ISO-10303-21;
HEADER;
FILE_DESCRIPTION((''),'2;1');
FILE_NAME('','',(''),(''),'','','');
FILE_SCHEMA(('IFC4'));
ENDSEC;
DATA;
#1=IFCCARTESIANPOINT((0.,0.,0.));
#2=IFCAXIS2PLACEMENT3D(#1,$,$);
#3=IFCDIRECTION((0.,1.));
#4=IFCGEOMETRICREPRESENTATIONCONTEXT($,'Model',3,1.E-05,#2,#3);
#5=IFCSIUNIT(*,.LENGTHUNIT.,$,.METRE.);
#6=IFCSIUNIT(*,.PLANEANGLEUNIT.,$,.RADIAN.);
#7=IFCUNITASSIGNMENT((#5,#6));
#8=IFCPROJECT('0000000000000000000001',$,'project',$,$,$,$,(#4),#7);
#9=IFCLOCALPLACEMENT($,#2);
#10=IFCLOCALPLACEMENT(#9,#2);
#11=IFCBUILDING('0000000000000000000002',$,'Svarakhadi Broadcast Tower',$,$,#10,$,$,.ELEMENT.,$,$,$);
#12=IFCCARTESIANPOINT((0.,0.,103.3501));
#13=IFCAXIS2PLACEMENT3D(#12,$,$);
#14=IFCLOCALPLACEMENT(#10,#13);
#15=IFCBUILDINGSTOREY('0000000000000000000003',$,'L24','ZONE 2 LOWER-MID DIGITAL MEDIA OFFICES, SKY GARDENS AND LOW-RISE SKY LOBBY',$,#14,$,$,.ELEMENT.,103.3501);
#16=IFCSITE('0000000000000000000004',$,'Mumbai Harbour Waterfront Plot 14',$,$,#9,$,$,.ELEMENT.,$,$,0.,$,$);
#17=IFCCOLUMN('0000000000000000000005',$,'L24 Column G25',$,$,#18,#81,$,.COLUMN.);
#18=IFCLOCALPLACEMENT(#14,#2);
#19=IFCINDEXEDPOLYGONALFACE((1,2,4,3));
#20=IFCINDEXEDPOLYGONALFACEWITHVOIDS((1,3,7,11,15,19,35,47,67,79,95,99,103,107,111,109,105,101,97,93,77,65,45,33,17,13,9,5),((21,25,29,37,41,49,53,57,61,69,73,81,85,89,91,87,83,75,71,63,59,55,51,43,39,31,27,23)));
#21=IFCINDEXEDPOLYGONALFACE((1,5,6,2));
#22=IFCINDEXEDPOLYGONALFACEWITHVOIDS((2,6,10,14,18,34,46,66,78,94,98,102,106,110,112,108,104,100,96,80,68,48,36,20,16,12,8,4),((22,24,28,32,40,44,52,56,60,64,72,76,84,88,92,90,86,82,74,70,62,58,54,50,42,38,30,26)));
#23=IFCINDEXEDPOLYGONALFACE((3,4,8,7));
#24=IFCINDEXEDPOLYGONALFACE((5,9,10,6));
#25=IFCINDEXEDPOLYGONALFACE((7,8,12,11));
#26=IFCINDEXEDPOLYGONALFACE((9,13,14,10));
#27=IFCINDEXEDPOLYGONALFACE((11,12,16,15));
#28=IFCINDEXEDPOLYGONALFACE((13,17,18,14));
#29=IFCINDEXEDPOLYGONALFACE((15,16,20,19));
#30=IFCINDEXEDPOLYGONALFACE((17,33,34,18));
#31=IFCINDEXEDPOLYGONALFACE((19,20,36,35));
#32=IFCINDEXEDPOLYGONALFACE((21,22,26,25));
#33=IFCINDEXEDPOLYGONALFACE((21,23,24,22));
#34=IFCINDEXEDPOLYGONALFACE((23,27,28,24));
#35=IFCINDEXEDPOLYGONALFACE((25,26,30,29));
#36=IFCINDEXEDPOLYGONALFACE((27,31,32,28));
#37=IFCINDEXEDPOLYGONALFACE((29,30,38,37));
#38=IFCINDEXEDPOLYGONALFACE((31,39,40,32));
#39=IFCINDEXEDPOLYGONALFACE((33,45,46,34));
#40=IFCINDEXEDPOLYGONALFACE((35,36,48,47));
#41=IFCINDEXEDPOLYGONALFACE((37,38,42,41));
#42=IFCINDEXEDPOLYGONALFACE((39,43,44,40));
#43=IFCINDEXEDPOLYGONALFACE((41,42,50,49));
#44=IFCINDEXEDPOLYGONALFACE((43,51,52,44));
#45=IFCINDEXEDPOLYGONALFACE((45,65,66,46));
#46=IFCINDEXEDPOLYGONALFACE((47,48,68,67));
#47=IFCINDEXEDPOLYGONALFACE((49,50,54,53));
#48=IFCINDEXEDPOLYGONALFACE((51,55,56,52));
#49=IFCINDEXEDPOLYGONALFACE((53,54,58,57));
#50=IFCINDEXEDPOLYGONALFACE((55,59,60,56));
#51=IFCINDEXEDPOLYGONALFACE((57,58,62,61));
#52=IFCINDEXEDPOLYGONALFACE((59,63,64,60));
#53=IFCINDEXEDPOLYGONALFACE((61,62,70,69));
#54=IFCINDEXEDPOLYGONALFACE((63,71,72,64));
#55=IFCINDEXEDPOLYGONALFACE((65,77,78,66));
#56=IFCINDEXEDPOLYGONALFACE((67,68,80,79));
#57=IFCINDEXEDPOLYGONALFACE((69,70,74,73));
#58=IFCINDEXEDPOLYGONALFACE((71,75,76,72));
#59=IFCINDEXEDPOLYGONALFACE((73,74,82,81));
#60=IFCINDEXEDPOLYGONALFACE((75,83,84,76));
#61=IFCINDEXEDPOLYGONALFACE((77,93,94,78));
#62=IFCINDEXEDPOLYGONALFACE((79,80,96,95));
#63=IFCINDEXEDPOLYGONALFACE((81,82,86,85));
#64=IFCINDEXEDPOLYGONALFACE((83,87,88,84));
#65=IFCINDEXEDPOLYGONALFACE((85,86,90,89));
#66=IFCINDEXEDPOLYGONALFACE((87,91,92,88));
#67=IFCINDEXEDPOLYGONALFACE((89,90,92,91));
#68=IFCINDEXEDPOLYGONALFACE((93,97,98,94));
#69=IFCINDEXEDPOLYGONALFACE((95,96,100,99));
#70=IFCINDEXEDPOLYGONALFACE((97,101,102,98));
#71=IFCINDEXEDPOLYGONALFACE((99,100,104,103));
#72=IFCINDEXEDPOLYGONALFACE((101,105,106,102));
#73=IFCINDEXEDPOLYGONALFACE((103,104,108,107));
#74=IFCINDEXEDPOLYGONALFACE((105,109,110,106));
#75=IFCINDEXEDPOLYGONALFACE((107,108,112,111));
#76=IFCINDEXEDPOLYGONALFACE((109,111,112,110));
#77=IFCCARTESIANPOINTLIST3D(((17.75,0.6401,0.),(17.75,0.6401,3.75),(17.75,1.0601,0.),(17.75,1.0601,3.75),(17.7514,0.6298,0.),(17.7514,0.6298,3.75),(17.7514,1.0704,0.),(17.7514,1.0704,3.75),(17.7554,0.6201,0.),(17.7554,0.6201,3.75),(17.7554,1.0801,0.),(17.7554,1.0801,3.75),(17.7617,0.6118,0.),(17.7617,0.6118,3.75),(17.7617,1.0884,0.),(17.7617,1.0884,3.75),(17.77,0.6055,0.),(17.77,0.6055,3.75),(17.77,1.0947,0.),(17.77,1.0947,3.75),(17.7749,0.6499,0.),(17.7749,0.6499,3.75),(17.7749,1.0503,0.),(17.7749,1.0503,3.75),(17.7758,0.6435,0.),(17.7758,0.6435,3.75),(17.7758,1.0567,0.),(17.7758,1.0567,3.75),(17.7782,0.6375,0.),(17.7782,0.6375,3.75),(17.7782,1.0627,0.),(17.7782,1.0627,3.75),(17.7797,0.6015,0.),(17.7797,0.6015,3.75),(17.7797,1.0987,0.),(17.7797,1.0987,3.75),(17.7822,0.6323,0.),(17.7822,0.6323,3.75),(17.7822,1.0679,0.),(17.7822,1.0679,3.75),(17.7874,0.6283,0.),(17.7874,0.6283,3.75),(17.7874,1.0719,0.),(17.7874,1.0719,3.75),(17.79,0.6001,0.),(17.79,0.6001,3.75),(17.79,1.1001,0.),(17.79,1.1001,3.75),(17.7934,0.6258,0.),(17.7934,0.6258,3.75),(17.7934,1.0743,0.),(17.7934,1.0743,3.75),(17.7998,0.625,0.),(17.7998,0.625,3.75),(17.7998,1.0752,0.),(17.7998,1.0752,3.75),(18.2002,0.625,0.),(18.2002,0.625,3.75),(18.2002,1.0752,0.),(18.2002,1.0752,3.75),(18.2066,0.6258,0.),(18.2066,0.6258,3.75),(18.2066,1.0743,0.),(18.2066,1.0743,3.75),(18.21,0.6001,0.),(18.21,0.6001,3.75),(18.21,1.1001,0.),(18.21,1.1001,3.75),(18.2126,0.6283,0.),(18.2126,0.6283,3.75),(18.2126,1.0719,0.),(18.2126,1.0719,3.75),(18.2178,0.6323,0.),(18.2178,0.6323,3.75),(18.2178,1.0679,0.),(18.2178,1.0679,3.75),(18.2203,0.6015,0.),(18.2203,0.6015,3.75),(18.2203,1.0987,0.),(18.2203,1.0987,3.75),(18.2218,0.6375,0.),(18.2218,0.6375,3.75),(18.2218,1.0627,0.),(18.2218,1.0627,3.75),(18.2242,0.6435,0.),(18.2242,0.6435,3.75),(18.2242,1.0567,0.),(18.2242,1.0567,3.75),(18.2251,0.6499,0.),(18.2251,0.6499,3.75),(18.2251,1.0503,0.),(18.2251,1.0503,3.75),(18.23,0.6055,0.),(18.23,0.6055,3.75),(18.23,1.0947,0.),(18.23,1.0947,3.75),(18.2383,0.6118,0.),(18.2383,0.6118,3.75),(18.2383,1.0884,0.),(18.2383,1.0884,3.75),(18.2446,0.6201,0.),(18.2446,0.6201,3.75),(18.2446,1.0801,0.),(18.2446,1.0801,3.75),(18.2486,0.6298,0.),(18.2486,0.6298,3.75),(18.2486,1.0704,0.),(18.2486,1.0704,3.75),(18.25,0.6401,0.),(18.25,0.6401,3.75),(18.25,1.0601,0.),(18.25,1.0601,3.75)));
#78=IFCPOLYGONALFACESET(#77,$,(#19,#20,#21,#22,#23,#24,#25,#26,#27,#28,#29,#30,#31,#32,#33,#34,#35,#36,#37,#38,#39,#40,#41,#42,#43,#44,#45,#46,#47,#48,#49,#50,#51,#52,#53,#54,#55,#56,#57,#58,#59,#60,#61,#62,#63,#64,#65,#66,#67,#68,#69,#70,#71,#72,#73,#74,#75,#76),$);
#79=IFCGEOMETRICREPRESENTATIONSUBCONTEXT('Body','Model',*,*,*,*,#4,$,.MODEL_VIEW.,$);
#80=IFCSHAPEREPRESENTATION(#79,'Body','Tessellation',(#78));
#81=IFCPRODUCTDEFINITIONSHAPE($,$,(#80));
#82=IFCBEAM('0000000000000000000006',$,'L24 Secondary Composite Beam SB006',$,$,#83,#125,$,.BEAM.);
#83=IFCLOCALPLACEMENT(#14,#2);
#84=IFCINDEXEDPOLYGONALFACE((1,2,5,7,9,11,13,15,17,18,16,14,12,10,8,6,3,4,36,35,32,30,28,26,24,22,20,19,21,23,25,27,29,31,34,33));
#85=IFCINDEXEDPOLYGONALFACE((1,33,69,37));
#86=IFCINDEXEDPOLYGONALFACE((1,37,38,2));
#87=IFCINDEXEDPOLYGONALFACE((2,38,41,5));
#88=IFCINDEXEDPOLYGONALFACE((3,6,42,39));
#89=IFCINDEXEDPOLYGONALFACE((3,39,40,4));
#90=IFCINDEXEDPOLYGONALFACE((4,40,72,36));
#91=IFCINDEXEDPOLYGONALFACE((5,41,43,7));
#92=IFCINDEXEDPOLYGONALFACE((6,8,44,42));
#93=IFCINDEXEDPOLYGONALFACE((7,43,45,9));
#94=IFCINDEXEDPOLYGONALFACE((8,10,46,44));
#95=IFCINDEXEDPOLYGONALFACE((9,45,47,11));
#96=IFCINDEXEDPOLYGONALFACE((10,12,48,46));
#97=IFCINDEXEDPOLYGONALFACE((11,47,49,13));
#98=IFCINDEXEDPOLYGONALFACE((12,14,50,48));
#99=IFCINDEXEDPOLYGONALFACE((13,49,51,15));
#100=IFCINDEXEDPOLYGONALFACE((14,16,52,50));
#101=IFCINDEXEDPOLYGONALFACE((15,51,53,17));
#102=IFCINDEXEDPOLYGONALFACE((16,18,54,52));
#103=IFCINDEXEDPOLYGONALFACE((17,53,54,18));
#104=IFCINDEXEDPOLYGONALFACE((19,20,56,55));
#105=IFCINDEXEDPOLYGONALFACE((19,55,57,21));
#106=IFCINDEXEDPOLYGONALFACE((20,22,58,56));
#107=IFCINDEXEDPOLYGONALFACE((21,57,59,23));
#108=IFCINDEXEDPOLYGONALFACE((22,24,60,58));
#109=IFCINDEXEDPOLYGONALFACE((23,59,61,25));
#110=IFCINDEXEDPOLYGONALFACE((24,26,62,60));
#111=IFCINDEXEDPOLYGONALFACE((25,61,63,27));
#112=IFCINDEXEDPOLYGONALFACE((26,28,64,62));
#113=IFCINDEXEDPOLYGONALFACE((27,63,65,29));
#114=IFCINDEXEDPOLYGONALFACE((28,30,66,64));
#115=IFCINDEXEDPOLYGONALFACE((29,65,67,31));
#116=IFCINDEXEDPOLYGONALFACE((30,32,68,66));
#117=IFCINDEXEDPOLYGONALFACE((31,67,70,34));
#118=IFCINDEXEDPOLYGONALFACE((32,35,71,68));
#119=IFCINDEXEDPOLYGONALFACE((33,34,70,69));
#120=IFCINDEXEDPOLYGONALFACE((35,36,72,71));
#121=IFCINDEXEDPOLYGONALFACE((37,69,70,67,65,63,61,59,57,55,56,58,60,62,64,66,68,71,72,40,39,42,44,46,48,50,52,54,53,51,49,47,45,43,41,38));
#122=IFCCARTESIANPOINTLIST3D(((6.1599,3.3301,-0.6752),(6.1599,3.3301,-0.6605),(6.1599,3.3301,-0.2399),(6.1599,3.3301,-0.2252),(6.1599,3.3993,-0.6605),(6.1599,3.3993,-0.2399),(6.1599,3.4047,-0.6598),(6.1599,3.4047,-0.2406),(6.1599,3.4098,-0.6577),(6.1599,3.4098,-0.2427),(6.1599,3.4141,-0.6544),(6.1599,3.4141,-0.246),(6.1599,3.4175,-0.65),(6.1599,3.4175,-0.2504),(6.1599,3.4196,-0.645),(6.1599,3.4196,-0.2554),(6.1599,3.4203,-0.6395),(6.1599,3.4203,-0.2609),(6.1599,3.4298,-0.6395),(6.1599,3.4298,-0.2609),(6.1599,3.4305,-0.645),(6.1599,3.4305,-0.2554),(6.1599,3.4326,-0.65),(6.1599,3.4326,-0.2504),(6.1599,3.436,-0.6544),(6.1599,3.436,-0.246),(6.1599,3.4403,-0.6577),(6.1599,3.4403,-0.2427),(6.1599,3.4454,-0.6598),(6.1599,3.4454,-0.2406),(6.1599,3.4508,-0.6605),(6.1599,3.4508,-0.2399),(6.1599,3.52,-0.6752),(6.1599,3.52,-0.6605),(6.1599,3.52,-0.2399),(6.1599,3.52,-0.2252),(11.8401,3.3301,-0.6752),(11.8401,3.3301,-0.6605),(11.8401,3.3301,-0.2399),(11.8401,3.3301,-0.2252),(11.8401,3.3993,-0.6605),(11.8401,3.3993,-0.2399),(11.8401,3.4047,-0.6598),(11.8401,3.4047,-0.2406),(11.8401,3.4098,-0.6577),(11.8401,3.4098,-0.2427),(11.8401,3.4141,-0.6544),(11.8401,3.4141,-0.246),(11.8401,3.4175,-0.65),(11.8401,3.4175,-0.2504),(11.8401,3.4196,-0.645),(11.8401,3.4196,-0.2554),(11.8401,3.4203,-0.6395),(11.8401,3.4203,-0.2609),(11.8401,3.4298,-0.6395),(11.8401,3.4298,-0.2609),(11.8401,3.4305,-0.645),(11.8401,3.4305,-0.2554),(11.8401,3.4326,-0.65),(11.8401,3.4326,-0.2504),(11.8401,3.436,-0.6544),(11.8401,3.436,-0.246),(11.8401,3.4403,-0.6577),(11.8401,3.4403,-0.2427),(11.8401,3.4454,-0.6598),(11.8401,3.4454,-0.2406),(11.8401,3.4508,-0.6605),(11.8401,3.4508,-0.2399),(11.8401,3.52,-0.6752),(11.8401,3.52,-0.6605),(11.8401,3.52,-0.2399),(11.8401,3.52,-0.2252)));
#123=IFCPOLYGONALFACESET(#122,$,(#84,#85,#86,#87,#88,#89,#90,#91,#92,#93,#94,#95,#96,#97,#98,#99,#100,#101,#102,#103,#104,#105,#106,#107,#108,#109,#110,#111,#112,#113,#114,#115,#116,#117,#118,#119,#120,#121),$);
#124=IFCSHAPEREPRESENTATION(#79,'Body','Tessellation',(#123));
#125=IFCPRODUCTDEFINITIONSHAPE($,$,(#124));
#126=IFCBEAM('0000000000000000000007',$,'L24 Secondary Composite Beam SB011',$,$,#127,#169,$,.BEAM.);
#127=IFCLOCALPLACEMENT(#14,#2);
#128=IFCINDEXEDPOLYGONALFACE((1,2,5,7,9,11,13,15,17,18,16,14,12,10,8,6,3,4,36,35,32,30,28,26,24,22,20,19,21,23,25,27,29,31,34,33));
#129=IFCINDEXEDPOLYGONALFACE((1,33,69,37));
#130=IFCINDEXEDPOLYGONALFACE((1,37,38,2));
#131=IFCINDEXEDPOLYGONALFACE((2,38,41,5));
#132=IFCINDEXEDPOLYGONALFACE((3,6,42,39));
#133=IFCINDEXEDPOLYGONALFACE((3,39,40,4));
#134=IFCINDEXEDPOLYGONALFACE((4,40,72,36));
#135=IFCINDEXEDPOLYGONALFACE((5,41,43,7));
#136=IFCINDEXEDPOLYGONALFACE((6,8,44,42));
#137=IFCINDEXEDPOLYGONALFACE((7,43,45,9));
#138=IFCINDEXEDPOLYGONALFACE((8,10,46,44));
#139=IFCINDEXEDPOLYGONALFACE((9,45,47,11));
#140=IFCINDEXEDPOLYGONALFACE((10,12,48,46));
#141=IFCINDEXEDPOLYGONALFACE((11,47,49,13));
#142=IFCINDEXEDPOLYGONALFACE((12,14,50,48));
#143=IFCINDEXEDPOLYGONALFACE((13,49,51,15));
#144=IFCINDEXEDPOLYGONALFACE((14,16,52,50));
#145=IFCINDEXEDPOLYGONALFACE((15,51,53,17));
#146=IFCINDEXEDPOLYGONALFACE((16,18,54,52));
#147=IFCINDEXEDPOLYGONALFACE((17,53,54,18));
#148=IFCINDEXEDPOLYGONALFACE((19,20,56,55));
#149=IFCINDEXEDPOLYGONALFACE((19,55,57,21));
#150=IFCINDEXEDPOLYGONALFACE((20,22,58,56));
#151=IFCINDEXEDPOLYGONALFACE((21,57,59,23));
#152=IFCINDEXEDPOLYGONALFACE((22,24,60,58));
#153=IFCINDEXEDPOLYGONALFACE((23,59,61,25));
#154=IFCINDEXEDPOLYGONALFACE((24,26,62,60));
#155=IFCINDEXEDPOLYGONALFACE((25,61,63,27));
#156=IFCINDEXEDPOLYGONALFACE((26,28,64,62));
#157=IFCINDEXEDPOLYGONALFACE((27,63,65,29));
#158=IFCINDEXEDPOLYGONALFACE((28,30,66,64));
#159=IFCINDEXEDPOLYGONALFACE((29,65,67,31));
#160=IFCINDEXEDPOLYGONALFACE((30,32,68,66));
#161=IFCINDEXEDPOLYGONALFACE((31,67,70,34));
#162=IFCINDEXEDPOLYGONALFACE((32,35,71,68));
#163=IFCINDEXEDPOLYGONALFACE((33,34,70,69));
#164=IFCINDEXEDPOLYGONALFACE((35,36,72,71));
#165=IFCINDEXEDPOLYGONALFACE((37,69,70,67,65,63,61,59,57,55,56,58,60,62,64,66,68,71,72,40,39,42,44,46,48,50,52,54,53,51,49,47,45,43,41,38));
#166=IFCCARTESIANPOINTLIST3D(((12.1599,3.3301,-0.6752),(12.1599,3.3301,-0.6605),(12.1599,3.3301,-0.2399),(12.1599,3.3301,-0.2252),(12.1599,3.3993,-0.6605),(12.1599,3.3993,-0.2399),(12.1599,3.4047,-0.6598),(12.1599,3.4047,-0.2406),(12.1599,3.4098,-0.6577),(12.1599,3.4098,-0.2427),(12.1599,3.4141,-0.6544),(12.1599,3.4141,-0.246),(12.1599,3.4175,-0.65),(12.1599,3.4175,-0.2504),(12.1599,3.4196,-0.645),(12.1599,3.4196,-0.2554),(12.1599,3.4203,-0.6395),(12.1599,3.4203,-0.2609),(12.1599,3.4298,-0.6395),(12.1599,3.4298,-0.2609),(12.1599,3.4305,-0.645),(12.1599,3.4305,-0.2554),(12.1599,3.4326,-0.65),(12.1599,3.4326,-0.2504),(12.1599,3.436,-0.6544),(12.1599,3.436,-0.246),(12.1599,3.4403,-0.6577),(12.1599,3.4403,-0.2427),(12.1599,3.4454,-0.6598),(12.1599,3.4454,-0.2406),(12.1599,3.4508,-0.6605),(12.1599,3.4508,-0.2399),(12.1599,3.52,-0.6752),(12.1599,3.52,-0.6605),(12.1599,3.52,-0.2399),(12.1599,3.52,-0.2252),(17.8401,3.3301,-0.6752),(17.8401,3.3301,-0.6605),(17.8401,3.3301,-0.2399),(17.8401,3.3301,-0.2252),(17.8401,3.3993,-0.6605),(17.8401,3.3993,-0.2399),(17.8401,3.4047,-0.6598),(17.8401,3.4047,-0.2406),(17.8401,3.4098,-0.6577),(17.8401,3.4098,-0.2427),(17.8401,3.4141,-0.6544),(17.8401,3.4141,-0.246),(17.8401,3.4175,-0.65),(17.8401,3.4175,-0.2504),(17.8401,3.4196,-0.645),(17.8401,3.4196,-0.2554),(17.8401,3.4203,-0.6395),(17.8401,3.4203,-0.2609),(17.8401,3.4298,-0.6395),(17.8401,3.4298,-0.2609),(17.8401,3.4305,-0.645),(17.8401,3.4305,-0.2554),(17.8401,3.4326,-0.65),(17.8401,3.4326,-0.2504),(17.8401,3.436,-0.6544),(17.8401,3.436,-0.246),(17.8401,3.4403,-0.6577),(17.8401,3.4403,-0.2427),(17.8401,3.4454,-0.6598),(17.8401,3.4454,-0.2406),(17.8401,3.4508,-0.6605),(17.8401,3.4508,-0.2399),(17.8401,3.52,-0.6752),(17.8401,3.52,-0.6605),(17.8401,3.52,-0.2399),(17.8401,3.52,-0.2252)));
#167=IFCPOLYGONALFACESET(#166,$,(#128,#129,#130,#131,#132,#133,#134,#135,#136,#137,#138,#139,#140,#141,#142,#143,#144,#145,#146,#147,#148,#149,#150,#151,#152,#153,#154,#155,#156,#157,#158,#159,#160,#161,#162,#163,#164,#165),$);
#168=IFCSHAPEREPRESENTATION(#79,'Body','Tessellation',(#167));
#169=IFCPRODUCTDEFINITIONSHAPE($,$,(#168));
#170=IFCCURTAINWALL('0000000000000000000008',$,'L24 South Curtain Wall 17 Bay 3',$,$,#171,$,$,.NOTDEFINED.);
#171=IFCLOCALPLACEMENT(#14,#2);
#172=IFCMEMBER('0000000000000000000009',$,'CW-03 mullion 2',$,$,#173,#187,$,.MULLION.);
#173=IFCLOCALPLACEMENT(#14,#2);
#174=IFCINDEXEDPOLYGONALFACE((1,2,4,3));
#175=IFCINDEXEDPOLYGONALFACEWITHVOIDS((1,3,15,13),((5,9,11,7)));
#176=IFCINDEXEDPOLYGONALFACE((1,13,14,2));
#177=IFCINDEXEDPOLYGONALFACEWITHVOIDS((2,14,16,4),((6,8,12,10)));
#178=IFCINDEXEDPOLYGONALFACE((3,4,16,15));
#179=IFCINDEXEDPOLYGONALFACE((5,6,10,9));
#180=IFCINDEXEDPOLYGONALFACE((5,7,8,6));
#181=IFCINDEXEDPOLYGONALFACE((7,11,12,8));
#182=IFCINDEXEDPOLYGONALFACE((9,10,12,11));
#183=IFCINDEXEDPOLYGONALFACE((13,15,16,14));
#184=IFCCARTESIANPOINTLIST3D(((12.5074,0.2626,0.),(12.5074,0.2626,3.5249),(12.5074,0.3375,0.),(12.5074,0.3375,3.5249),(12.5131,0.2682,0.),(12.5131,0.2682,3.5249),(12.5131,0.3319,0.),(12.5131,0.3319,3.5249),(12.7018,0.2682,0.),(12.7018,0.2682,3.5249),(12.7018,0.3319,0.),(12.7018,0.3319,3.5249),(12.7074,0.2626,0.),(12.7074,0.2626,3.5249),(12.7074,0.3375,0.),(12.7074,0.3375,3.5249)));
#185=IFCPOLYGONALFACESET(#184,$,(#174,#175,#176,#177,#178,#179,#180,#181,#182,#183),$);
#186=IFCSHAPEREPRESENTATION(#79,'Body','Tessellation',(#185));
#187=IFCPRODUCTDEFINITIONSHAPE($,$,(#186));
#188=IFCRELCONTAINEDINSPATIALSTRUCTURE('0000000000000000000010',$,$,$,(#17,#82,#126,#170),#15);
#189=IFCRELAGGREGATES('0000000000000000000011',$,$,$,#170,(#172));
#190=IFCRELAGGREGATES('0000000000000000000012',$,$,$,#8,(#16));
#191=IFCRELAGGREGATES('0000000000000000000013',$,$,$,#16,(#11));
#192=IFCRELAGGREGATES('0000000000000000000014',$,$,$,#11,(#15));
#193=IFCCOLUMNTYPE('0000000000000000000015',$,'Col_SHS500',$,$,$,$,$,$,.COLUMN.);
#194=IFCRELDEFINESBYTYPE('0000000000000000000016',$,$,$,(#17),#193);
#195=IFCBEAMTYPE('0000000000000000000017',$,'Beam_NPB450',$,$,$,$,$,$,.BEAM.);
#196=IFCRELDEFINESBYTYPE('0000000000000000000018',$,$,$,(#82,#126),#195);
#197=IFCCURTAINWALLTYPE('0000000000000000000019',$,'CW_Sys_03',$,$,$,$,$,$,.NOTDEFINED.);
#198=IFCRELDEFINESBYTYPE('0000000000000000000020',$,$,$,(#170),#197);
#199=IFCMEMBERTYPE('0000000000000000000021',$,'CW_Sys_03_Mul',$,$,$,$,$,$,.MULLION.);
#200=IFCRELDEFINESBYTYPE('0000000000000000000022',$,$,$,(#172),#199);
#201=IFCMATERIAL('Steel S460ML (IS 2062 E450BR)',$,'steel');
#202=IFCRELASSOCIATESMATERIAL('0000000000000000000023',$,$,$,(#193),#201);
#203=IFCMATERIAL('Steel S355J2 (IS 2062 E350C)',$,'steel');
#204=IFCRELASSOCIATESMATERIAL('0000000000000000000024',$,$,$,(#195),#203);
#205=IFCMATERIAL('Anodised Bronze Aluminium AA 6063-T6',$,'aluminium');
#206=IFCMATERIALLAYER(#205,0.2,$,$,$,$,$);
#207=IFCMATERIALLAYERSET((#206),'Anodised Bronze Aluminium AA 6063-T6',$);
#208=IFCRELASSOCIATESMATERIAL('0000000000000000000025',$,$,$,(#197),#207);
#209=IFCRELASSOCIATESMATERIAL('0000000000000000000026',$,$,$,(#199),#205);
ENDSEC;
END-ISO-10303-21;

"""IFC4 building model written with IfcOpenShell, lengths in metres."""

from ifc_helpers import new_model, si_unit, direction, frame, origin, origin_2d, place, context, subcontext, project, spatial, hollow_rectangle, i_section, extrude, material, layer, layer_set, material_profile, profile_set, type_object, element, aggregate, save


model = new_model("IFC4")

# Units and contexts
model_context = context("Model", 3, precision=1e-05, world=origin(), true_north=direction((0.0, 1.0)))
body_context = subcontext(model_context, "Body", "Model", "MODEL_VIEW")
ifc_project = project(units=[si_unit("LENGTHUNIT", "METRE"), si_unit("PLANEANGLEUNIT", "RADIAN")], contexts=[model_context])

# Site, building, storey
site_placement = place(None, origin())
site = spatial("IfcSite", under=ifc_project, at=site_placement, Name="Mumbai Harbour Waterfront Plot 14", CompositionType="ELEMENT", RefElevation=0.0)
building_placement = place(site_placement, origin())
building = spatial("IfcBuilding", under=site, at=building_placement, Name="Svarakhadi Broadcast Tower", CompositionType="ELEMENT")
storey_placement = place(building_placement, frame((0.0, 0.0, 103.3501)))
storey = spatial("IfcBuildingStorey", under=building, at=storey_placement, Name="L24", Description="ZONE 2 LOWER-MID DIGITAL MEDIA OFFICES, SKY GARDENS AND LOW-RISE SKY LOBBY", CompositionType="ELEMENT", Elevation=103.3501)

# Column
ifc_material_1 = material(Name="Steel S460ML (IS 2062 E450BR)", Category="steel")
ifc_material_profile_1 = material_profile(ifc_material_1, hollow_rectangle(XDim=0.5, YDim=0.5, WallThickness=0.0249, InnerFilletRadius=0.0249, OuterFilletRadius=0.04, at=origin_2d()), Name="SHS 500x500x25")
ifc_profile_set_1 = profile_set([ifc_material_profile_1], Name="Steel S460ML (IS 2062 E450BR)")
column_type_1 = type_object("IfcColumnType", Name="Col_SHS500", PredefinedType="COLUMN", material=ifc_profile_set_1)
for number, where, z_axis, x_axis, name in (
    (1, (18.0, 0.8501, 0.0), (0.0, 0.0, 1.0), (1.0, 0.0, 0.0), "L24 Column G25"),
):
    element("IfcColumn", number, at=place(storey_placement, frame(where, z_axis=z_axis, x_axis=x_axis)), inside=storey, type_object=column_type_1, Name=name, PredefinedType="COLUMN", context=body_context, shape_type="SweptSolid", body=[
        extrude(hollow_rectangle(XDim=0.5, YDim=0.5, WallThickness=0.0249, InnerFilletRadius=0.0249, OuterFilletRadius=0.04, at=origin_2d()), origin(), (0.0, 0.0, 1.0), 3.75),
    ])

# Beams
ifc_material_2 = material(Name="Steel S355J2 (IS 2062 E350C)", Category="steel")
ifc_material_profile_2 = material_profile(ifc_material_2, i_section(OverallWidth=0.1899, OverallDepth=0.45, WebThickness=0.0095, FlangeThickness=0.0146, FilletRadius=0.021, at=origin_2d()), Name="NPB 450x190x78")
ifc_profile_set_2 = profile_set([ifc_material_profile_2], Name="Steel S355J2 (IS 2062 E350C)")
beam_type_1 = type_object("IfcBeamType", Name="Beam_NPB450", PredefinedType="BEAM", material=ifc_profile_set_2)
for number, where, z_axis, x_axis, name in (
    (2, (6.1599, 3.425, -0.4502), (1.0, 0.0, 0.0), (0.0, 1.0, 0.0), "L24 Secondary Composite Beam SB006"),
    (3, (12.1599, 3.425, -0.4502), (1.0, 0.0, 0.0), (0.0, 1.0, 0.0), "L24 Secondary Composite Beam SB011"),
):
    element("IfcBeam", number, at=place(storey_placement, frame(where, z_axis=z_axis, x_axis=x_axis)), inside=storey, type_object=beam_type_1, Name=name, PredefinedType="BEAM", context=body_context, shape_type="SweptSolid", body=[
        extrude(i_section(OverallWidth=0.1899, OverallDepth=0.45, WebThickness=0.0095, FlangeThickness=0.0146, FilletRadius=0.021, at=origin_2d()), origin(), (0.0, 0.0, 1.0), 5.6802),
    ])

# Curtain wall, member
ifc_material_3 = material(Name="Anodised Bronze Aluminium AA 6063-T6", Category="aluminium")
ifc_layer_1 = layer(ifc_material_3, 0.2)
ifc_layer_set_1 = layer_set([ifc_layer_1], Name="Anodised Bronze Aluminium AA 6063-T6")
curtain_wall_type = type_object("IfcCurtainWallType", Name="CW_Sys_03", PredefinedType="NOTDEFINED", material=ifc_layer_set_1)
curtain_wall_1_placement = place(storey_placement, origin())
curtain_wall_1 = element("IfcCurtainWall", 4, at=curtain_wall_1_placement, inside=storey, type_object=curtain_wall_type, Name="L24 South Curtain Wall 17 Bay 3", PredefinedType="NOTDEFINED")
ifc_material_profile_3 = material_profile(ifc_material_3, hollow_rectangle(XDim=0.075, YDim=0.2, WallThickness=0.0056, at=origin_2d()), Name="ALU MULLION 200x75x6")
ifc_profile_set_3 = profile_set([ifc_material_profile_3], Name="Anodised Bronze Aluminium AA 6063-T6")
member_type_1 = type_object("IfcMemberType", Name="CW_Sys_03_Mul", PredefinedType="MULLION", material=ifc_profile_set_3)
member_1_placement = place(storey_placement, frame((12.6074, 0.3, 0.0), z_axis=(0.0, 0.0, 1.0), x_axis=(0.0, -1.0, 0.0)))
member_1 = element("IfcMember", 5, at=member_1_placement, type_object=member_type_1, Name="CW-03 mullion 2", PredefinedType="MULLION", context=body_context, shape_type="SweptSolid", body=[
    extrude(hollow_rectangle(XDim=0.075, YDim=0.2, WallThickness=0.0056, at=origin_2d()), origin(), (0.0, 0.0, 1.0), 3.5249),
])
aggregate(curtain_wall_1, [member_1])

save(model, "model.ifc")
